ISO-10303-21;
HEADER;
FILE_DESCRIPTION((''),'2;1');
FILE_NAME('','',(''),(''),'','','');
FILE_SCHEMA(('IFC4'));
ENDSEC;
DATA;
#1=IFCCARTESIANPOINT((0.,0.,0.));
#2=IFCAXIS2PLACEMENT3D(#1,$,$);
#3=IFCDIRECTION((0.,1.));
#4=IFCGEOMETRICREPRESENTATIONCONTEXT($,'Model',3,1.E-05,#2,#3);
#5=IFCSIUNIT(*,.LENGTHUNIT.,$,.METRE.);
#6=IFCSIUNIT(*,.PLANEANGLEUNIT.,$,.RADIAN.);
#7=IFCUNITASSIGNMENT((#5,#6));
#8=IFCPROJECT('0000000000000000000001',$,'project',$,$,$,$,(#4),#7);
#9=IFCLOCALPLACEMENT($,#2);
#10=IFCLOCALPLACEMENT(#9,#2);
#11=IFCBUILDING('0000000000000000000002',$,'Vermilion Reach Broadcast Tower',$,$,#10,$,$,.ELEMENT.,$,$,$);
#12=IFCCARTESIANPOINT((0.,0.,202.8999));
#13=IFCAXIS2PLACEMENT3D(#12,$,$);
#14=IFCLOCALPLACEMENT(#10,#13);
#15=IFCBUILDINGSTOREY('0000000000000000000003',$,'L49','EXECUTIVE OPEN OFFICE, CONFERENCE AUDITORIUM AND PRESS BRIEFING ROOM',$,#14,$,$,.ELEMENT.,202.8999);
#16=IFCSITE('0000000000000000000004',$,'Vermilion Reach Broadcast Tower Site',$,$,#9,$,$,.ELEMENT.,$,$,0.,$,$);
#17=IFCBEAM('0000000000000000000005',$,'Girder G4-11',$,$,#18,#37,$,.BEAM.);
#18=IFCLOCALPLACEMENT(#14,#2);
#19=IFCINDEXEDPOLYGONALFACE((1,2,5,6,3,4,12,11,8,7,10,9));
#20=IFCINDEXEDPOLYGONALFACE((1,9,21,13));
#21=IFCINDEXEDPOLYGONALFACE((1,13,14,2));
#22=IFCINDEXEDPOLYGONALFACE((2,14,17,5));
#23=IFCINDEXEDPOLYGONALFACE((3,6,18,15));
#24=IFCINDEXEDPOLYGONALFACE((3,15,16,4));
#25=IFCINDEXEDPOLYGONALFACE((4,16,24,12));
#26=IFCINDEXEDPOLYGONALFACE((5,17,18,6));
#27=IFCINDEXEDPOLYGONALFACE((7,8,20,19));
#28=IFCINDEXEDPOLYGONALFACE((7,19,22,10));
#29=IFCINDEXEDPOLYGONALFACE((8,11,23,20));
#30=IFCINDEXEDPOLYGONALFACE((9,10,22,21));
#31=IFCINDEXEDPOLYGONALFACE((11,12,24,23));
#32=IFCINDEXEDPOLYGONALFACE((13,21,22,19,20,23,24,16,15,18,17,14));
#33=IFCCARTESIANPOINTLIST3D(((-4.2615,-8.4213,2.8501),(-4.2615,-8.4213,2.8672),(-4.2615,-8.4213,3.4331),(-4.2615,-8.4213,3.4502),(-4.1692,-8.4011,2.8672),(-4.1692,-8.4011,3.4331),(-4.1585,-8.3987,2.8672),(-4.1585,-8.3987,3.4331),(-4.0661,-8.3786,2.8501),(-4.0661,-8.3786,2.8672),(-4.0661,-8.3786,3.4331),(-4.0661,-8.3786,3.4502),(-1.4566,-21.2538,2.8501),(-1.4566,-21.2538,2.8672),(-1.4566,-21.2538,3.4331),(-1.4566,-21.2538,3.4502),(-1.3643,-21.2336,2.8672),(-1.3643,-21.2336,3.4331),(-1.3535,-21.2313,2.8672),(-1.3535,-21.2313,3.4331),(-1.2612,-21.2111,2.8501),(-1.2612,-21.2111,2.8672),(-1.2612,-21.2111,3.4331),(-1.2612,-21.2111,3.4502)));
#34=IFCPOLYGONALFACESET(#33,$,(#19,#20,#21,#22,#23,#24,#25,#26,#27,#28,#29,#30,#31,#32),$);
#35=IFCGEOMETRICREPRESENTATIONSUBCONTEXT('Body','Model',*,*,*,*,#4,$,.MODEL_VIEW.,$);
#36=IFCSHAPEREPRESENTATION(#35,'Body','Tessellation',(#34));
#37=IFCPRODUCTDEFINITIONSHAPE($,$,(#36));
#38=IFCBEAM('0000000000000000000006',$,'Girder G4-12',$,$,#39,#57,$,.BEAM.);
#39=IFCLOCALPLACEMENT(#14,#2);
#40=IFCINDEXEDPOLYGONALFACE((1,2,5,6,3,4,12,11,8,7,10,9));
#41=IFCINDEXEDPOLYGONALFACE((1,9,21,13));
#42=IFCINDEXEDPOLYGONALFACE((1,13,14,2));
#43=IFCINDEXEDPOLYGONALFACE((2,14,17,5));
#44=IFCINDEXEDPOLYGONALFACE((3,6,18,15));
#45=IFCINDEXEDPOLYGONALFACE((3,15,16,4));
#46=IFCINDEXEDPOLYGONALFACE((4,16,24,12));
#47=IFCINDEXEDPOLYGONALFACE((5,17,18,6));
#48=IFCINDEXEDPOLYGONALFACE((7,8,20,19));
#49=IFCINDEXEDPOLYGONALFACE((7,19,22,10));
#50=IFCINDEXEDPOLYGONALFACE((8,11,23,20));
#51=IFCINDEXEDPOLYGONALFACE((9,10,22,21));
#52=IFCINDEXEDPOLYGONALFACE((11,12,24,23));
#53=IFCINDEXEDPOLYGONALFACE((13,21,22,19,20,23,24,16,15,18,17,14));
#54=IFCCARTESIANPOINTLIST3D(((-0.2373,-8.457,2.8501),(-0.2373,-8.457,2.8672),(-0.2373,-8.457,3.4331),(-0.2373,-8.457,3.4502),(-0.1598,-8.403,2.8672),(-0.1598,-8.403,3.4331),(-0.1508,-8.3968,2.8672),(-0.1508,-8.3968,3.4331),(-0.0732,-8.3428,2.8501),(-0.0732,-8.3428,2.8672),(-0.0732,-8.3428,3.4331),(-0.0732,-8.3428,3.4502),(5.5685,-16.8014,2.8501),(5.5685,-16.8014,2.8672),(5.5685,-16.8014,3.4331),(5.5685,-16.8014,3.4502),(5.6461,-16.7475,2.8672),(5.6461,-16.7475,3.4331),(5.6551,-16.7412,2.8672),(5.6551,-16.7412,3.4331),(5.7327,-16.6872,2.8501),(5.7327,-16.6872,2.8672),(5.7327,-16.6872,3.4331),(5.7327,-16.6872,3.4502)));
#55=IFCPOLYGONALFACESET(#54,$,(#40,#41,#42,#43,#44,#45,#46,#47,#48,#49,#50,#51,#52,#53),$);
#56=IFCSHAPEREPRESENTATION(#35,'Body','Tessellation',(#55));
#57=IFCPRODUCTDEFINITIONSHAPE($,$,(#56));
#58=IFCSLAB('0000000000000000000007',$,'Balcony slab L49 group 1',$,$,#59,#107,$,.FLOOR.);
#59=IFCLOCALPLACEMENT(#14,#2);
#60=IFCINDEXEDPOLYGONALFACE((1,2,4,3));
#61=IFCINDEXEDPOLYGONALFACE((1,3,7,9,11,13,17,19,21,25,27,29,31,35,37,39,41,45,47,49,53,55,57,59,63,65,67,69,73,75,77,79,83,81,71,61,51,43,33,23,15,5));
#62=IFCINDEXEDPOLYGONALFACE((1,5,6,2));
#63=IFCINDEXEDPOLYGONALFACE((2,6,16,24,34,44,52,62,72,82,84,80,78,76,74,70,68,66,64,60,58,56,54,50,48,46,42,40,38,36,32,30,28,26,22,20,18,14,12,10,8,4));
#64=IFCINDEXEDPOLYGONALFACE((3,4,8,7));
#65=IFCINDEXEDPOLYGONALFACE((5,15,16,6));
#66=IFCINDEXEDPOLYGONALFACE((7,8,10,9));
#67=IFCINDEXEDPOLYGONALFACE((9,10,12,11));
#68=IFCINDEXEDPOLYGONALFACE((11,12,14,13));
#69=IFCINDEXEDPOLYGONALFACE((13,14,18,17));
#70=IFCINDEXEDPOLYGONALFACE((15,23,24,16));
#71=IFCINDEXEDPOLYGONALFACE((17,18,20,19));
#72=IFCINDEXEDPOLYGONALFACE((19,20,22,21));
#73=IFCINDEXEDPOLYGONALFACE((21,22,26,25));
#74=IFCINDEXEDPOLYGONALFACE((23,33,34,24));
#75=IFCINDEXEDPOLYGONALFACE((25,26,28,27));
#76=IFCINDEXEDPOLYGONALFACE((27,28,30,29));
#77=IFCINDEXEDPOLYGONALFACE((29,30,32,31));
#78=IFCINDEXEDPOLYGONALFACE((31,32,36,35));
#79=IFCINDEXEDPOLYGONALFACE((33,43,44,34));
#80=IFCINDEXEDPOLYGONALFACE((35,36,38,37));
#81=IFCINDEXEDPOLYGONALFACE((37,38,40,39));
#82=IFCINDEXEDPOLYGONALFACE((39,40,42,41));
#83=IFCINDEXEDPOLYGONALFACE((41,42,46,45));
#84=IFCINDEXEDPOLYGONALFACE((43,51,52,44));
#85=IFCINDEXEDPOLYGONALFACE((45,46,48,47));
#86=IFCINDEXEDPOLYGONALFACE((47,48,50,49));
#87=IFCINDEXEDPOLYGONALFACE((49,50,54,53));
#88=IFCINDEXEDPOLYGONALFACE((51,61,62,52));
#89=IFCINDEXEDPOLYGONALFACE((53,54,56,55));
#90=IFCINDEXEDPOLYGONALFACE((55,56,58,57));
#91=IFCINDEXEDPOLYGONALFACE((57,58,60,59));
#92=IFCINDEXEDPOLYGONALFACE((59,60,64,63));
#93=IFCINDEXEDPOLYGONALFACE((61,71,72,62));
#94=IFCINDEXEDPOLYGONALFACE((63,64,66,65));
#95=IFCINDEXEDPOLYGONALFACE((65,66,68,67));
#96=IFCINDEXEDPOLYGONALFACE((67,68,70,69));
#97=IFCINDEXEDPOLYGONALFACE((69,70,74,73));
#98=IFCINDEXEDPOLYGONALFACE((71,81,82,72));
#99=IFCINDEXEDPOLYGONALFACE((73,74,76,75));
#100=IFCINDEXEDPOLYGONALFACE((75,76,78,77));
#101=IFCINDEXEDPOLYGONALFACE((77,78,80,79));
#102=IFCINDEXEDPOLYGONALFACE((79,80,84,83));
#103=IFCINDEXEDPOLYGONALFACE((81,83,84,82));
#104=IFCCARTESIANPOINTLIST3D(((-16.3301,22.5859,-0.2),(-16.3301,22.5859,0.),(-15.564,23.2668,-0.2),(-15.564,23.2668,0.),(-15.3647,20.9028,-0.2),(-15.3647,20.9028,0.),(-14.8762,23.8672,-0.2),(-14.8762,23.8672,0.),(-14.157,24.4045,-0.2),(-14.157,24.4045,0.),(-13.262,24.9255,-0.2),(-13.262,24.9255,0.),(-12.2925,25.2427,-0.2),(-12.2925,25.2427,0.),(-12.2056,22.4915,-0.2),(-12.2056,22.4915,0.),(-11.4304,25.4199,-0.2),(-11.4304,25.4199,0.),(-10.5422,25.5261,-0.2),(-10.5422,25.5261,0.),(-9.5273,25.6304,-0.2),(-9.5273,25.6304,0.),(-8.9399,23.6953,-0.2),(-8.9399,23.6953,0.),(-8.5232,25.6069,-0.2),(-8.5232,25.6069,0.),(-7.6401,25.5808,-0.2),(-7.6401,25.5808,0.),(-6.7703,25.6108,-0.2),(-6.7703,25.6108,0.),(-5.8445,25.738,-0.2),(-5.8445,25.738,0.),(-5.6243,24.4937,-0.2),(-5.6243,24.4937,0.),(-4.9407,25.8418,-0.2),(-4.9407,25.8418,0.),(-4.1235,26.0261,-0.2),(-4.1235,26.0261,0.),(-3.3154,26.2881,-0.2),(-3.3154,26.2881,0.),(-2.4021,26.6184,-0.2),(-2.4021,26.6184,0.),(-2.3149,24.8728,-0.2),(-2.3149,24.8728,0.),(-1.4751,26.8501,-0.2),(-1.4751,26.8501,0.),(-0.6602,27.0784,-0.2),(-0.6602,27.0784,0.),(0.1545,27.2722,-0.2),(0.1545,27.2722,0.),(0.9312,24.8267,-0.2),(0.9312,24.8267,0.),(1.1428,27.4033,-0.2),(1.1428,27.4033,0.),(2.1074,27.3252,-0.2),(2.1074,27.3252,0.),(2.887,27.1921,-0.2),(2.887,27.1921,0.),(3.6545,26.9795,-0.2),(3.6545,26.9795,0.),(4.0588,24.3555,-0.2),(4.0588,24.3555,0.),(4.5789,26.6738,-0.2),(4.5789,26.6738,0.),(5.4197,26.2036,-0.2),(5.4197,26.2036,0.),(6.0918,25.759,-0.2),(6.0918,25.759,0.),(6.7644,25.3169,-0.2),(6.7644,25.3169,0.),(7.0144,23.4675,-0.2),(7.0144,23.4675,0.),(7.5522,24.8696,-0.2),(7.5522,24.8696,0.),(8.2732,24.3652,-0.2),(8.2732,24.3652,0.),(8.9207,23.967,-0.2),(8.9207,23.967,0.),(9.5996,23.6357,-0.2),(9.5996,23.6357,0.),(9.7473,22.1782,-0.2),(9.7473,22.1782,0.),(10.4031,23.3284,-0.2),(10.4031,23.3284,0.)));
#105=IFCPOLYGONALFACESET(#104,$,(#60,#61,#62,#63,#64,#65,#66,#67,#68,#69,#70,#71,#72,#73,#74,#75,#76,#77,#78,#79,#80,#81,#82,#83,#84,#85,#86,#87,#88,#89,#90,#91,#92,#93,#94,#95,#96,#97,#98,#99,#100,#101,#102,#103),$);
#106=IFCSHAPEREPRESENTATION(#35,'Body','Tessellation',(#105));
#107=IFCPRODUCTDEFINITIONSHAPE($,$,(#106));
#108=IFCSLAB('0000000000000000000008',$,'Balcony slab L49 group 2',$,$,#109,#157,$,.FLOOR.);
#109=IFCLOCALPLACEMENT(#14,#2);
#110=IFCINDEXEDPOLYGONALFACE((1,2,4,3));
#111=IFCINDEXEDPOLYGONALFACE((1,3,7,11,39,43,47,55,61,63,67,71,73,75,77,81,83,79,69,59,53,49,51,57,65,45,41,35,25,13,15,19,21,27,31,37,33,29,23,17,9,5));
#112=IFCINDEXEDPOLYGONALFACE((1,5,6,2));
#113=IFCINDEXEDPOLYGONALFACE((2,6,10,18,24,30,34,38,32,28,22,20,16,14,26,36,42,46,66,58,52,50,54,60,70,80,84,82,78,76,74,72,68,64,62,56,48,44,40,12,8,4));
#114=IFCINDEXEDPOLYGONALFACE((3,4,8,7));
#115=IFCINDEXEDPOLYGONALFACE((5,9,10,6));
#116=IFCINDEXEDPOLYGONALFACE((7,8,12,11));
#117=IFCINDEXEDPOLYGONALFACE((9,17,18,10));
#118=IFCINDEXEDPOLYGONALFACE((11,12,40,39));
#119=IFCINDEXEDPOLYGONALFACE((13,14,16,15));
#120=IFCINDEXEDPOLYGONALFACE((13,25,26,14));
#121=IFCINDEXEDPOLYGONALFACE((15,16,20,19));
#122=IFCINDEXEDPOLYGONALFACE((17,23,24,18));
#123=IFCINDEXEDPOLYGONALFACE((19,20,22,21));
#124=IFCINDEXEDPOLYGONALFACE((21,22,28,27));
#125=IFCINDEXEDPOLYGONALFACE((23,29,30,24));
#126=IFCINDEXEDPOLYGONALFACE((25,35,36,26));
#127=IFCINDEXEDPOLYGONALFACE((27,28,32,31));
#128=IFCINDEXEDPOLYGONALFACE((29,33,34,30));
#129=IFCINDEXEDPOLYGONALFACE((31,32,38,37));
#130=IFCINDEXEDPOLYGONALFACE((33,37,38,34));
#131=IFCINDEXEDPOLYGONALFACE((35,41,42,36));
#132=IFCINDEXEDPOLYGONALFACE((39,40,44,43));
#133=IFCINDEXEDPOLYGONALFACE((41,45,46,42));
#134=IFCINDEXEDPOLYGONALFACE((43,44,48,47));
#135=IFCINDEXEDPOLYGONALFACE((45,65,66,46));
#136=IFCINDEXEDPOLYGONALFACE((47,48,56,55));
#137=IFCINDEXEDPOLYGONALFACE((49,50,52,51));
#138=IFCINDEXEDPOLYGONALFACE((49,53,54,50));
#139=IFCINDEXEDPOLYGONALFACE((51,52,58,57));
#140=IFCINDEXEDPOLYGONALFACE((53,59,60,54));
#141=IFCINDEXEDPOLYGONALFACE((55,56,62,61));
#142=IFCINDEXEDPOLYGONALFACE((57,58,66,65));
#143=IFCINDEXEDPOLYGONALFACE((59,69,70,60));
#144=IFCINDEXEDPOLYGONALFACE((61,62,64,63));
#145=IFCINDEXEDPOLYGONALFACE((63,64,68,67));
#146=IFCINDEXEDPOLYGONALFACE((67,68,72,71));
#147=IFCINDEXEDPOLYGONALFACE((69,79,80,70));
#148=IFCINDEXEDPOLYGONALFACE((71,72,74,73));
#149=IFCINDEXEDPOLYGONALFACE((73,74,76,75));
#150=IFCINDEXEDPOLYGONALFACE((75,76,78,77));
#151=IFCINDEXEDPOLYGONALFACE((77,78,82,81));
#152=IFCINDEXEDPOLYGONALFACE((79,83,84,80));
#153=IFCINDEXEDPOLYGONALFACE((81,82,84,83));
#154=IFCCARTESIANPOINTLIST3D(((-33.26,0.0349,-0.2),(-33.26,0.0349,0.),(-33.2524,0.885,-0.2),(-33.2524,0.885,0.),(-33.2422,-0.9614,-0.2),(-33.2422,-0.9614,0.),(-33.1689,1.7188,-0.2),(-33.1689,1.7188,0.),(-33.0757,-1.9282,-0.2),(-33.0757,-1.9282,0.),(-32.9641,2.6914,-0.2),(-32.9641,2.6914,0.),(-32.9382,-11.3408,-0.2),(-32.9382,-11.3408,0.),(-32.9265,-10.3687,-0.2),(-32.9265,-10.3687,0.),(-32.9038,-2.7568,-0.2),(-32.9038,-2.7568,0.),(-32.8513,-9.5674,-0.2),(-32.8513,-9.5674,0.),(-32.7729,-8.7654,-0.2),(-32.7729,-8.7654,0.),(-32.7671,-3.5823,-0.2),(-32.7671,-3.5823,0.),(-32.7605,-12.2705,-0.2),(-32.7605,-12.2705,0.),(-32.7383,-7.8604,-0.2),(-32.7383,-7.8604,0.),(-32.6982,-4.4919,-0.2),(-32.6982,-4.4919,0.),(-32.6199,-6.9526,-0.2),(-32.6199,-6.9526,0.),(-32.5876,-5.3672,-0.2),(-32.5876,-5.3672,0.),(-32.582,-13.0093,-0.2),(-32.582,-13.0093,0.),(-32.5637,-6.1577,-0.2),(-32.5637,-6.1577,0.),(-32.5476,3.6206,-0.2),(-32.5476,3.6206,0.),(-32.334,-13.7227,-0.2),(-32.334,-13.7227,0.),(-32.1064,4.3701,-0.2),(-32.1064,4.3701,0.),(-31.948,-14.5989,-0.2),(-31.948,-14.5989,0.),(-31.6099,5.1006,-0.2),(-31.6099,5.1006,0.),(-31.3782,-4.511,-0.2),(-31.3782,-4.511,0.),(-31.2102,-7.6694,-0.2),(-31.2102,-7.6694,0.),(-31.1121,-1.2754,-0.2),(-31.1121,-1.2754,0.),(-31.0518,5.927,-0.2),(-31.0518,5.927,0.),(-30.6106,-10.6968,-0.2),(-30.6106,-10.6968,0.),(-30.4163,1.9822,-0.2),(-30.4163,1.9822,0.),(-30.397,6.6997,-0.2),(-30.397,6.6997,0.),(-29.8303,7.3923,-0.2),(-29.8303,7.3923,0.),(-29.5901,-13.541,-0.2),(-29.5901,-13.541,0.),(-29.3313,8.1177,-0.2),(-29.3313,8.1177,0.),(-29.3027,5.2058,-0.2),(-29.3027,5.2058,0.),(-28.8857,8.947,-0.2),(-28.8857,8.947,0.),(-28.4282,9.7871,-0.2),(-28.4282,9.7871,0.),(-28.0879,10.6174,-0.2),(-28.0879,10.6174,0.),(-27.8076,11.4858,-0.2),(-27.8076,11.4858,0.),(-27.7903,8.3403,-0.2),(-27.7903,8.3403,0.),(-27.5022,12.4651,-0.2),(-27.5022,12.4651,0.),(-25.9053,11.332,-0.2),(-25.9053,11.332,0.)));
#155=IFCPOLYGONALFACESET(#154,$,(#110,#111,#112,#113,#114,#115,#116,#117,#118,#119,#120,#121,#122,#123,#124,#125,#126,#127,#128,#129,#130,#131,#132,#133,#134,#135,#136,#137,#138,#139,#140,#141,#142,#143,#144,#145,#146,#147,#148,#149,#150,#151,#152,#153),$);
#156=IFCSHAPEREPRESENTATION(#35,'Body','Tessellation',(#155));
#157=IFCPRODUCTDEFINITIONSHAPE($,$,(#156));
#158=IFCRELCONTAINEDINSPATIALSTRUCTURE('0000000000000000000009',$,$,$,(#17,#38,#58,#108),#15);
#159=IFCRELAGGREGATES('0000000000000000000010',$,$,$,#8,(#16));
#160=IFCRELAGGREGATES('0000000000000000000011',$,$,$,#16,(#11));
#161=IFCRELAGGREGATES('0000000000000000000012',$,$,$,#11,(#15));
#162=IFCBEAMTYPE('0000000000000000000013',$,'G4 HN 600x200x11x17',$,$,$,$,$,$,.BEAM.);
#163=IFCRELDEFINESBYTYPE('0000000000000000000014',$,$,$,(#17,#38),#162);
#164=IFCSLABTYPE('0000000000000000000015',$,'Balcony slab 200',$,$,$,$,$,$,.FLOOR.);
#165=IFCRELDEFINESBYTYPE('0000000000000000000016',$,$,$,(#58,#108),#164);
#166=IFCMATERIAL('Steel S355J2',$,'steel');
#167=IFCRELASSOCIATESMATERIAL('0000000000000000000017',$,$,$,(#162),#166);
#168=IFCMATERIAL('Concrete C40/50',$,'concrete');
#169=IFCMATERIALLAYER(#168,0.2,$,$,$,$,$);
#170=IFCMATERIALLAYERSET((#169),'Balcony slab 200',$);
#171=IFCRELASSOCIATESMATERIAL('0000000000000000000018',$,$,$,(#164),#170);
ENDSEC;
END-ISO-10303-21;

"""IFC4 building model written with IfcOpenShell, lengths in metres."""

from ifc_helpers import new_model, si_unit, direction, frame, origin, origin_2d, place, context, subcontext, project, spatial, polyline, i_section, outline, extrude, material, layer, layer_set, material_profile, profile_set, type_object, element, save


model = new_model("IFC4")

# Units and contexts
model_context = context("Model", 3, precision=1e-05, world=origin(), true_north=direction((0.0, 1.0)))
body_context = subcontext(model_context, "Body", "Model", "MODEL_VIEW")
ifc_project = project(units=[si_unit("LENGTHUNIT", "METRE"), si_unit("PLANEANGLEUNIT", "RADIAN")], contexts=[model_context])

# Site, building, storey
site_placement = place(None, origin())
site = spatial("IfcSite", under=ifc_project, at=site_placement, Name="Vermilion Reach Broadcast Tower Site", CompositionType="ELEMENT", RefElevation=0.0)
building_placement = place(site_placement, origin())
building = spatial("IfcBuilding", under=site, at=building_placement, Name="Vermilion Reach Broadcast Tower", CompositionType="ELEMENT")
storey_placement = place(building_placement, frame((0.0, 0.0, 202.8999)))
storey = spatial("IfcBuildingStorey", under=building, at=storey_placement, Name="L49", Description="EXECUTIVE OPEN OFFICE, CONFERENCE AUDITORIUM AND PRESS BRIEFING ROOM", CompositionType="ELEMENT", Elevation=202.8999)

# Beams
ifc_material_1 = material(Name="Steel S355J2", Category="steel")
ifc_material_profile = material_profile(ifc_material_1, i_section(OverallWidth=0.2, OverallDepth=0.6001, WebThickness=0.011, FlangeThickness=0.0171, at=origin_2d()), Name="S355J2 HN 600x200x11x17")
ifc_profile_set = profile_set([ifc_material_profile], Name="Steel S355J2")
beam_type = type_object("IfcBeamType", Name="G4 HN 600x200x11x17", PredefinedType="BEAM", material=ifc_profile_set)
beam_1_placement = place(storey_placement, frame((-4.1638, -8.3999, 3.1501), z_axis=(0.213538, -0.976935, 0.0), x_axis=(0.976935, 0.213538, 0.0)))
element("IfcBeam", 1, at=beam_1_placement, inside=storey, type_object=beam_type, Name="Girder G4-11", PredefinedType="BEAM", context=body_context, shape_type="SweptSolid", body=[
    extrude(i_section(OverallWidth=0.2, OverallDepth=0.6001, WebThickness=0.011, FlangeThickness=0.0171, at=origin_2d()), origin(), (0.0, 0.0, 1.0), 13.1355),
])
beam_2_placement = place(storey_placement, frame((-0.1553, -8.3999, 3.1501), z_axis=(0.571134, -0.820857, 0.0), x_axis=(0.820857, 0.571134, 0.0)))
element("IfcBeam", 2, at=beam_2_placement, inside=storey, type_object=beam_type, Name="Girder G4-12", PredefinedType="BEAM", context=body_context, shape_type="SweptSolid", body=[
    extrude(i_section(OverallWidth=0.2, OverallDepth=0.6001, WebThickness=0.011, FlangeThickness=0.0171, at=origin_2d()), origin(), (0.0, 0.0, 1.0), 10.1655),
])

# Slabs
ifc_material_2 = material(Name="Concrete C40/50", Category="concrete")
ifc_layer_1 = layer(ifc_material_2, 0.2)
ifc_layer_set_1 = layer_set([ifc_layer_1], Name="Balcony slab 200")
slab_type_1 = type_object("IfcSlabType", Name="Balcony slab 200", PredefinedType="FLOOR", material=ifc_layer_set_1)
placement_1 = place(storey_placement, frame((0.0, 0.0, -0.2)))
element("IfcSlab", 3, at=placement_1, inside=storey, type_object=slab_type_1, Name="Balcony slab L49 group 1", PredefinedType="FLOOR", context=body_context, shape_type="SweptSolid", body=[
    extrude(outline(polyline([(9.7473, 22.1782), (7.0144, 23.4675), (4.0588, 24.3555), (0.9312, 24.8267), (-2.3149, 24.8728), (-5.6243, 24.4937), (-8.9399, 23.6953), (-12.2056, 22.4915), (-15.3647, 20.9028), (-16.3301, 22.5859), (-15.564, 23.2668), (-14.8762, 23.8672), (-14.157, 24.4045), (-13.262, 24.9255), (-12.2925, 25.2427), (-11.4304, 25.4199), (-10.5422, 25.5261), (-9.5273, 25.6304), (-8.5232, 25.6069), (-7.6401, 25.5808), (-6.7703, 25.6108), (-5.8445, 25.738), (-4.9407, 25.8418), (-4.1235, 26.0261), (-3.3154, 26.2881), (-2.4021, 26.6184), (-1.4751, 26.8501), (-0.6602, 27.0784), (0.1545, 27.2722), (1.1428, 27.4033), (2.1074, 27.3252), (2.887, 27.1921), (3.6545, 26.9795), (4.5789, 26.6738), (5.4197, 26.2036), (6.0918, 25.759), (6.7644, 25.3169), (7.5522, 24.8696), (8.2732, 24.3652), (8.9207, 23.967), (9.5996, 23.6357), (10.4031, 23.3284), (9.7473, 22.1782)])), origin(), (0.0, 0.0, 1.0), 0.2),
])
element("IfcSlab", 4, at=placement_1, inside=storey, type_object=slab_type_1, Name="Balcony slab L49 group 2", PredefinedType="FLOOR", context=body_context, shape_type="SweptSolid", body=[
    extrude(outline(polyline([(-25.9053, 11.332), (-27.7903, 8.3403), (-29.3027, 5.2058), (-30.4163, 1.9822), (-31.1121, -1.2754), (-31.3782, -4.511), (-31.2102, -7.6694), (-30.6106, -10.6968), (-29.5901, -13.541), (-31.948, -14.5989), (-32.334, -13.7227), (-32.582, -13.0093), (-32.7605, -12.2705), (-32.9382, -11.3408), (-32.9265, -10.3687), (-32.8513, -9.5674), (-32.7729, -8.7654), (-32.7383, -7.8604), (-32.6199, -6.9526), (-32.5637, -6.1577), (-32.5876, -5.3672), (-32.6982, -4.4919), (-32.7671, -3.5823), (-32.9038, -2.7568), (-33.0757, -1.9282), (-33.2422, -0.9614), (-33.26, 0.0349), (-33.2524, 0.885), (-33.1689, 1.7188), (-32.9641, 2.6914), (-32.5476, 3.6206), (-32.1064, 4.3701), (-31.6099, 5.1006), (-31.0518, 5.927), (-30.397, 6.6997), (-29.8303, 7.3923), (-29.3313, 8.1177), (-28.8857, 8.947), (-28.4282, 9.7871), (-28.0879, 10.6174), (-27.8076, 11.4858), (-27.5022, 12.4651), (-25.9053, 11.332)])), origin(), (0.0, 0.0, 1.0), 0.2),
])

save(model, "model.ifc")
